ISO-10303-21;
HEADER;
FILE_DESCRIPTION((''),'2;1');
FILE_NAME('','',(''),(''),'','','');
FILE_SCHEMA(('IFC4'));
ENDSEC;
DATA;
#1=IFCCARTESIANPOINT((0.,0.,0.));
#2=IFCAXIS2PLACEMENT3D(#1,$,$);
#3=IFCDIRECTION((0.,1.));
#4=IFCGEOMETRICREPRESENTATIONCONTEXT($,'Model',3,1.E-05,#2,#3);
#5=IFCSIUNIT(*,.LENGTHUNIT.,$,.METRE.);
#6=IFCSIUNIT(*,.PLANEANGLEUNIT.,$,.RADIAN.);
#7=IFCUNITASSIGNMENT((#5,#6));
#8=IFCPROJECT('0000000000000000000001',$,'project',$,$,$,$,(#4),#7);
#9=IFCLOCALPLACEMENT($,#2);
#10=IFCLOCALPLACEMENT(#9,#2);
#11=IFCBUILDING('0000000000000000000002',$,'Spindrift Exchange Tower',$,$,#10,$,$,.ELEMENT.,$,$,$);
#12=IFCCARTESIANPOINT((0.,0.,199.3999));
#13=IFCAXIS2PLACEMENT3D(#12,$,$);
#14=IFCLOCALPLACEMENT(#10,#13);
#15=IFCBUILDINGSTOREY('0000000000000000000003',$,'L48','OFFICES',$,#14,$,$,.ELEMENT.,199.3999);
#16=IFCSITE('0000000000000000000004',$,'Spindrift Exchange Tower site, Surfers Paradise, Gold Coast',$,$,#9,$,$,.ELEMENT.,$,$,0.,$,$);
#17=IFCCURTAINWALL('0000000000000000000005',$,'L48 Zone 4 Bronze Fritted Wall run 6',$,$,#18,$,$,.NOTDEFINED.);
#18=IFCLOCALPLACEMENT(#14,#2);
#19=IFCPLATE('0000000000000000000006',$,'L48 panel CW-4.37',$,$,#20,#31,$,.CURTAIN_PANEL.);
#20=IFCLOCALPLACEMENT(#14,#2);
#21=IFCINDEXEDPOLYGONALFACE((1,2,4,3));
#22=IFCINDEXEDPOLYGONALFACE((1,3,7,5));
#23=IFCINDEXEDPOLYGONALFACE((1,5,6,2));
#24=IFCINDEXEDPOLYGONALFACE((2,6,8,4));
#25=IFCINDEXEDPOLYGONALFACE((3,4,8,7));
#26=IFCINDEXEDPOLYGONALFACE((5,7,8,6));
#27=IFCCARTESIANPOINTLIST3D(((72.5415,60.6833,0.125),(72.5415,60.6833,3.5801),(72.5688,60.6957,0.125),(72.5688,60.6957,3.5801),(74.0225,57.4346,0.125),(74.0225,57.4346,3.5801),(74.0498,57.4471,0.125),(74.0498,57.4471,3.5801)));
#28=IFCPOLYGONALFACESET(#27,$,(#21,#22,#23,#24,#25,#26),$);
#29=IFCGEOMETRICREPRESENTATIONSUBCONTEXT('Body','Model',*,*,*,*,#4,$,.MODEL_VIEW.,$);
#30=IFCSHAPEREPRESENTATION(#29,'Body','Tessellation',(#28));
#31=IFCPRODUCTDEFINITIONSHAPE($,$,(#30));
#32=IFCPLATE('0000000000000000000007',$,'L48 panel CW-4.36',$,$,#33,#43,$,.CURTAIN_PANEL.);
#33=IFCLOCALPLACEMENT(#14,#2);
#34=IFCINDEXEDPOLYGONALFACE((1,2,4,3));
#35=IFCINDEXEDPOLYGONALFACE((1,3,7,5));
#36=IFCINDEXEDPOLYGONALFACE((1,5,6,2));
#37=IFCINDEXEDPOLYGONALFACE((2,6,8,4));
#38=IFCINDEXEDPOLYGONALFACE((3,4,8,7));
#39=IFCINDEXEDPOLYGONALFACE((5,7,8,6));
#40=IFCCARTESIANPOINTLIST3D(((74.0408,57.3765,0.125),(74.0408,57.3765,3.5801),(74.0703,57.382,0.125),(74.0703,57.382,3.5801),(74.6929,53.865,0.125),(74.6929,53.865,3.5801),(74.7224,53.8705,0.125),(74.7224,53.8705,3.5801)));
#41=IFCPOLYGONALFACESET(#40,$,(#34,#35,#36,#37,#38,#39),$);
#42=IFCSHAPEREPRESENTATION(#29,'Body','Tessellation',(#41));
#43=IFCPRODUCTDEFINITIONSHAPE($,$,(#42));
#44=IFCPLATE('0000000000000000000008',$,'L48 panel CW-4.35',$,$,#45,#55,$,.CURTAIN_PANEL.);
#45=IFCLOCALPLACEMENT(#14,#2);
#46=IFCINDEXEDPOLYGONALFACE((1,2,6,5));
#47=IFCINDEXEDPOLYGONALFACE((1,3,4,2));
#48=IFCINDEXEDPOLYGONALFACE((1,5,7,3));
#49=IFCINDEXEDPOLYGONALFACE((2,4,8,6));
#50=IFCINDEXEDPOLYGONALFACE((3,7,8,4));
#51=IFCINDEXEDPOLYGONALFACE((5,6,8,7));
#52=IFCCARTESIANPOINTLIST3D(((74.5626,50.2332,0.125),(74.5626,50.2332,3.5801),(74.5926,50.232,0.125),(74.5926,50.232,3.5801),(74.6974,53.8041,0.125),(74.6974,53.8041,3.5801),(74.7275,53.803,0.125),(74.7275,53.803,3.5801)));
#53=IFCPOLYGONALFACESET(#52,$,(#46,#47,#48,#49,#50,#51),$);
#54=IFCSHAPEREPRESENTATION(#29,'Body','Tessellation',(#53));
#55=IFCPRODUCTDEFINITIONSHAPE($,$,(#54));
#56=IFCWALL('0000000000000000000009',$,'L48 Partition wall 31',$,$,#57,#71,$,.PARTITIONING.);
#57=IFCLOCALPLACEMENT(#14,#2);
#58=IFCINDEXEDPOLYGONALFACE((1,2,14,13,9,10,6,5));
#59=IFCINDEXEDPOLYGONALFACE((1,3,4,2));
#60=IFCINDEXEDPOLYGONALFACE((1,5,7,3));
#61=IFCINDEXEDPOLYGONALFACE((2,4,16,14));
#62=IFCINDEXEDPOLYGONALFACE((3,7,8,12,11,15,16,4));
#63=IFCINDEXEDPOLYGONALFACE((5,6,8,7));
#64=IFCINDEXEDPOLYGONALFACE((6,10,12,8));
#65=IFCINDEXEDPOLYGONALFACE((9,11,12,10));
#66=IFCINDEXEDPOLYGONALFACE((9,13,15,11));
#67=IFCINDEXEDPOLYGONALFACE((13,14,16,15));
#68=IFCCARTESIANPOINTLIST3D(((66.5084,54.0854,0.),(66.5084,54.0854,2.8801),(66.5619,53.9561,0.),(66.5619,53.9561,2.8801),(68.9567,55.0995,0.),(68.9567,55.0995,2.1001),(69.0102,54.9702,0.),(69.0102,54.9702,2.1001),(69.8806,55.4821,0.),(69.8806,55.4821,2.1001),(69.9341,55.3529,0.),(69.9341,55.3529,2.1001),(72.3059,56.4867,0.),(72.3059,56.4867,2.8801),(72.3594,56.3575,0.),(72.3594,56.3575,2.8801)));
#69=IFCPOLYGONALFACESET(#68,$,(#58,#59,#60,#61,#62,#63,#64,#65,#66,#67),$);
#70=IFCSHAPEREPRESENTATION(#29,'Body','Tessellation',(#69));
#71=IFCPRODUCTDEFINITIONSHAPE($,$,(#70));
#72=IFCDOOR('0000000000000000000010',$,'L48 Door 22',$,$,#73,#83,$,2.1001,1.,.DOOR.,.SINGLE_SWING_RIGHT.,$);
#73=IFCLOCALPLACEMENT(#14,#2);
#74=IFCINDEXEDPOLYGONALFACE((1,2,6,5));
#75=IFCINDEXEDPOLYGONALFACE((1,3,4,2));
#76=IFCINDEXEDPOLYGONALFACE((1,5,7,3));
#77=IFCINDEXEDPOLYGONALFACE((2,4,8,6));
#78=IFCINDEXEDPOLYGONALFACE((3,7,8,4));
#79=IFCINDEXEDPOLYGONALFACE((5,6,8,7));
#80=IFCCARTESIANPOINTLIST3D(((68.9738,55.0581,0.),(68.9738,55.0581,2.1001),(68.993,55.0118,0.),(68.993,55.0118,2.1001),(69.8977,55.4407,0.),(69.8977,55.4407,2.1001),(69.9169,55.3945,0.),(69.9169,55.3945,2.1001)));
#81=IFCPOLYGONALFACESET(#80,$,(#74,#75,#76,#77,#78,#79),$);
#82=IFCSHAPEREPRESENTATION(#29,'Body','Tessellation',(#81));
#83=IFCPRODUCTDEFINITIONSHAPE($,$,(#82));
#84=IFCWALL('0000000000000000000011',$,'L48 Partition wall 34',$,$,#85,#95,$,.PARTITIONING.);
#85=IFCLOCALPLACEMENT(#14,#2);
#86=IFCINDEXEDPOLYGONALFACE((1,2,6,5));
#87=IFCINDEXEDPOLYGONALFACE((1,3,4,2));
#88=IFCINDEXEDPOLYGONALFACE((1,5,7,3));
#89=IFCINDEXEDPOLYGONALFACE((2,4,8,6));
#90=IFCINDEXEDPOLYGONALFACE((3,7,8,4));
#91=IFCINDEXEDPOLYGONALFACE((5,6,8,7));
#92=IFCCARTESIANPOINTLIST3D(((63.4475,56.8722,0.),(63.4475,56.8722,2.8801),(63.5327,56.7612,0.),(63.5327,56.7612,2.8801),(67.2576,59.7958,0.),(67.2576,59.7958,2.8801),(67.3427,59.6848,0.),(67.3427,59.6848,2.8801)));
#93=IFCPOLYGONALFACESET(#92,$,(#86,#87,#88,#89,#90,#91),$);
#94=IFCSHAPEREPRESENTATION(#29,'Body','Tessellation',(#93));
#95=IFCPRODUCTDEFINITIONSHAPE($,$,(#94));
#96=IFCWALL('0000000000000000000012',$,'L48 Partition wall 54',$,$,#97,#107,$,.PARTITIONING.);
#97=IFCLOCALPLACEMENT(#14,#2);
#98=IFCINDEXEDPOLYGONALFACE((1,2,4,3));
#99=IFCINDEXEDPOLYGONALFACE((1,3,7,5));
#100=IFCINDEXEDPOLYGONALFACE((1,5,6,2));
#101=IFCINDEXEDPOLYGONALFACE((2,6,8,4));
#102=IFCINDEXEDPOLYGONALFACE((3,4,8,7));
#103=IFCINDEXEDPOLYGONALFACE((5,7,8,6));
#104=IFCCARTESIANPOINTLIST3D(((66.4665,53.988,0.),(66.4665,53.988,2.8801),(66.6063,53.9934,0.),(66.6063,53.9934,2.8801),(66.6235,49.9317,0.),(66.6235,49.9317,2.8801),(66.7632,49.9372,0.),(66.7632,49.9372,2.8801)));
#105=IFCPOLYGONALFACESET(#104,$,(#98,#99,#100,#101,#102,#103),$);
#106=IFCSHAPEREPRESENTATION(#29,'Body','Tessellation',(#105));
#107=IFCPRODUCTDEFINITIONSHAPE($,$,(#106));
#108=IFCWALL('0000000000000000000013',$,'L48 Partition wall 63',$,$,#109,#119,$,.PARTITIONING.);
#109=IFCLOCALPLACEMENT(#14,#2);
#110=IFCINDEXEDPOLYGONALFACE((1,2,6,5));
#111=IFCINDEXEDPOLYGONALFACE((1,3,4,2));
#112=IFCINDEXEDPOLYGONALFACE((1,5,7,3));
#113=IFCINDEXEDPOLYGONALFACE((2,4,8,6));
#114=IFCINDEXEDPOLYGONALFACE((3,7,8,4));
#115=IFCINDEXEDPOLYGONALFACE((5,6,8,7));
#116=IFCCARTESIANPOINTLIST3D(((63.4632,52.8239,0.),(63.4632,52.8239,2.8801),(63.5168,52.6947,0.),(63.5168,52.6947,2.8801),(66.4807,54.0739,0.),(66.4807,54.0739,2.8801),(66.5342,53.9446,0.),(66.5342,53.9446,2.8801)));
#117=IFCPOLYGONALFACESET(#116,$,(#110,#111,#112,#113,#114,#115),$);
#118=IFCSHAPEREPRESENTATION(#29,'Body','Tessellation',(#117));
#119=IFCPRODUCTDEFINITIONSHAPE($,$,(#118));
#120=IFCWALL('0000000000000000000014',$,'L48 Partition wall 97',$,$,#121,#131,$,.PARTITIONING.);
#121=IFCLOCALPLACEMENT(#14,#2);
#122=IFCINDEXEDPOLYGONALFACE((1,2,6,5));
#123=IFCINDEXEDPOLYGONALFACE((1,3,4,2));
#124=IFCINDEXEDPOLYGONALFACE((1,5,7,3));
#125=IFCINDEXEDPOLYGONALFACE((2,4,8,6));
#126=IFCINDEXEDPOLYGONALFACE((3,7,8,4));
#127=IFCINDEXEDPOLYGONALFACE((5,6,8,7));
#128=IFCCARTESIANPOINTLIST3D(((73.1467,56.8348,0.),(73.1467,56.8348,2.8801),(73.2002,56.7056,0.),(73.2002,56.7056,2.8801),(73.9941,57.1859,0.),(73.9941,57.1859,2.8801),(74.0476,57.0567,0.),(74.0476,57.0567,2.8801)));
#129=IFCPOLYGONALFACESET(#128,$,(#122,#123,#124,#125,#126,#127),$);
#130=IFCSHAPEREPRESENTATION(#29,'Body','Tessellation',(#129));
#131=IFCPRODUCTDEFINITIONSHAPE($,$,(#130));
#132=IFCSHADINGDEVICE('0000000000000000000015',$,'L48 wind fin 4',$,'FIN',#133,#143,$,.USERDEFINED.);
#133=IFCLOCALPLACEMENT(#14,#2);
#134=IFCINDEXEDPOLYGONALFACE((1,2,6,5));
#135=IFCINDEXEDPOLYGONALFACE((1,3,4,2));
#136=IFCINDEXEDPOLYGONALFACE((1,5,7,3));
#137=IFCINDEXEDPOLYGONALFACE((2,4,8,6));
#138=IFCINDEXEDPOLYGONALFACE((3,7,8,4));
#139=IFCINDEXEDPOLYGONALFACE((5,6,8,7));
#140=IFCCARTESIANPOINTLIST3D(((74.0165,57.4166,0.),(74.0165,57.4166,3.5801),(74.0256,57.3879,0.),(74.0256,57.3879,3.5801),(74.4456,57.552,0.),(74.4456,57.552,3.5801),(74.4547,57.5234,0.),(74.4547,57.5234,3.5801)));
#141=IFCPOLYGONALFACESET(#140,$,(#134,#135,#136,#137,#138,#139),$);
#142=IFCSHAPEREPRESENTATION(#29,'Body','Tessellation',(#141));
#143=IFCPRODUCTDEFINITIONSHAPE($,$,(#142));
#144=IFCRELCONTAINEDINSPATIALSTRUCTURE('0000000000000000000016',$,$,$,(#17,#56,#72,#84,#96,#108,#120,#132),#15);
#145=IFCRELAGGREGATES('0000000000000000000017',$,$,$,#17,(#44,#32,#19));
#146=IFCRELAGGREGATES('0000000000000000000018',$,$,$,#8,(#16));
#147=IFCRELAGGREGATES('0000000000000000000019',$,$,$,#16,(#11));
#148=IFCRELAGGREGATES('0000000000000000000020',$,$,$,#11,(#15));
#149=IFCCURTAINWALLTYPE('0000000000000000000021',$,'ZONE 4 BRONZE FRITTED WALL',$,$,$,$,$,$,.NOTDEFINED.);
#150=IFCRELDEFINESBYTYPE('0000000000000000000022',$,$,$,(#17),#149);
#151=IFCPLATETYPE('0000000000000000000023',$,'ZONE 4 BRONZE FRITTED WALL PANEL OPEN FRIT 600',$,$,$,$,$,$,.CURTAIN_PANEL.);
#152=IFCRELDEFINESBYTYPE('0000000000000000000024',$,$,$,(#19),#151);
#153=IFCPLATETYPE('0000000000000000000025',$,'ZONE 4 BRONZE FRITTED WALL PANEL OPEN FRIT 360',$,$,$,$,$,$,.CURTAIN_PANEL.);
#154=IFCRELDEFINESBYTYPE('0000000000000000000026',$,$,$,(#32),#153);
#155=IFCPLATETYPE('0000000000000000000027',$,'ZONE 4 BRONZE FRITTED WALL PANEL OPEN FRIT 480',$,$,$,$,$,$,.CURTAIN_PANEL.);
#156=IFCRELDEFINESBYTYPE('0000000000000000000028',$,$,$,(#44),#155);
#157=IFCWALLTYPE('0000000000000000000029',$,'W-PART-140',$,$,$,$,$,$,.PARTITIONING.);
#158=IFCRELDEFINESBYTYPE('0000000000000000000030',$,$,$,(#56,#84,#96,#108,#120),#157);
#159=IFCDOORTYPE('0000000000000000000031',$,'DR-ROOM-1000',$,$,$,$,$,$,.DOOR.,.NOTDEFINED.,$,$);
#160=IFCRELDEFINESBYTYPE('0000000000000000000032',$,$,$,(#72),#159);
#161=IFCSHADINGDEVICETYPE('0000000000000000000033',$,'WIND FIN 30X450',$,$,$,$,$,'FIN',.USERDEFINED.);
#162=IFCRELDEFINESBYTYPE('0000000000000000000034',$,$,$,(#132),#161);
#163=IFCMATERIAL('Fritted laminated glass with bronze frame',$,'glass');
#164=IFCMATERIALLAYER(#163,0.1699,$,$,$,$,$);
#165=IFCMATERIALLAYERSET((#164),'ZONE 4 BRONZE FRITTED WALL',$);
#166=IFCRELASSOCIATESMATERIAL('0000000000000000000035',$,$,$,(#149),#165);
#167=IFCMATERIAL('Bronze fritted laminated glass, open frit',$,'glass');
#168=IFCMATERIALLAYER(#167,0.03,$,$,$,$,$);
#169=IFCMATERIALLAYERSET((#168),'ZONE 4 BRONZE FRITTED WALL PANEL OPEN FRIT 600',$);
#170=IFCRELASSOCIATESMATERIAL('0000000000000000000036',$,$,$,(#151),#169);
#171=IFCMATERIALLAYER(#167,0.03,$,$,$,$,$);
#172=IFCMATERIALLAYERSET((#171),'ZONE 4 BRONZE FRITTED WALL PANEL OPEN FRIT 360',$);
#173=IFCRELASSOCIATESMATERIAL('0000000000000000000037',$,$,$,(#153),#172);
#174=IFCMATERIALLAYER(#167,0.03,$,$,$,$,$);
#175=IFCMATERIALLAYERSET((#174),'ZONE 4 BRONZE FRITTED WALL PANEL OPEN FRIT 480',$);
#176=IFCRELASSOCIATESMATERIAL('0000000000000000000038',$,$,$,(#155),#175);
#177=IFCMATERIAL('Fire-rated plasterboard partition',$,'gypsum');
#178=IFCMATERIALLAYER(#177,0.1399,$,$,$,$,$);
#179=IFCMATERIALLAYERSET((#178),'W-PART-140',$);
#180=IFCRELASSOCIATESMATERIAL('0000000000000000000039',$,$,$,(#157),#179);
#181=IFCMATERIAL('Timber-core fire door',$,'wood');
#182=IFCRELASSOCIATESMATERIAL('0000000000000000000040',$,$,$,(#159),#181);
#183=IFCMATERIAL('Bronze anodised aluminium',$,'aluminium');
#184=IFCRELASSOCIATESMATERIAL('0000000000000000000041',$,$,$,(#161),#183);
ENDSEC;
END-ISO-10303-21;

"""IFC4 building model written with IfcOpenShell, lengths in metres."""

from ifc_helpers import new_model, si_unit, direction, frame, frame_2d, origin, origin_2d, place, context, subcontext, project, spatial, rectangle, extrude, source, transform, mapped, material, layer, layer_set, material_profile, profile_set, type_object, element, fill, aggregate, save


model = new_model("IFC4")

# Units and contexts
model_context = context("Model", 3, precision=1e-05, world=origin(), true_north=direction((0.0, 1.0)))
body_context = subcontext(model_context, "Body", "Model", "MODEL_VIEW")
ifc_project = project(units=[si_unit("LENGTHUNIT", "METRE"), si_unit("PLANEANGLEUNIT", "RADIAN")], contexts=[model_context])

# Site, building, storey
site_placement = place(None, origin())
site = spatial("IfcSite", under=ifc_project, at=site_placement, Name="Spindrift Exchange Tower site, Surfers Paradise, Gold Coast", CompositionType="ELEMENT", RefElevation=0.0)
building_placement = place(site_placement, origin())
building = spatial("IfcBuilding", under=site, at=building_placement, Name="Spindrift Exchange Tower", CompositionType="ELEMENT")
storey_placement = place(building_placement, frame((0.0, 0.0, 199.3999)))
storey = spatial("IfcBuildingStorey", under=building, at=storey_placement, Name="L48", Description="OFFICES", CompositionType="ELEMENT", Elevation=199.3999)

# Curtain wall, plates
ifc_material_1 = material(Name="Fritted laminated glass with bronze frame", Category="glass")
ifc_layer_1 = layer(ifc_material_1, 0.1699)
ifc_layer_set_1 = layer_set([ifc_layer_1], Name="ZONE 4 BRONZE FRITTED WALL")
curtain_wall_type = type_object("IfcCurtainWallType", Name="ZONE 4 BRONZE FRITTED WALL", PredefinedType="NOTDEFINED", material=ifc_layer_set_1)
curtain_wall_placement = place(storey_placement, origin())
curtain_wall = element("IfcCurtainWall", 1, at=curtain_wall_placement, inside=storey, type_object=curtain_wall_type, Name="L48 Zone 4 Bronze Fritted Wall run 6", PredefinedType="NOTDEFINED")
ifc_material_2 = material(Name="Bronze anodised aluminium", Category="aluminium")
ifc_material_3 = material(Name="Bronze fritted laminated glass, open frit", Category="glass")
ifc_layer_2 = layer(ifc_material_3, 0.03)
ifc_layer_set_2 = layer_set([ifc_layer_2], Name="ZONE 4 BRONZE FRITTED WALL PANEL OPEN FRIT 600")
plate_type_1 = type_object("IfcPlateType", Name="ZONE 4 BRONZE FRITTED WALL PANEL OPEN FRIT 600", PredefinedType="CURTAIN_PANEL", material=ifc_layer_set_2)
shared_shape_1 = source(origin(), body_context, "Body", "SweptSolid", [
    extrude(rectangle(XDim=3.5703, YDim=0.03, at=origin_2d()), origin(), (0.0, 0.0, 1.0), 3.4551),
])
plate_1_placement = place(storey_placement, frame((73.2957, 59.0652, 0.125), z_axis=(0.0, 0.0, 1.0), x_axis=(-0.414828, 0.9099, 0.0)))
plate_1 = element("IfcPlate", 2, at=plate_1_placement, type_object=plate_type_1, Name="L48 panel CW-4.37", PredefinedType="CURTAIN_PANEL", context=body_context, shape_type="MappedRepresentation", body=[
    mapped(shared_shape_1, transform((0.0, 0.0, 0.0), scale=1.0)),
])
ifc_layer_3 = layer(ifc_material_3, 0.03)
ifc_layer_set_3 = layer_set([ifc_layer_3], Name="ZONE 4 BRONZE FRITTED WALL PANEL OPEN FRIT 360")
plate_type_2 = type_object("IfcPlateType", Name="ZONE 4 BRONZE FRITTED WALL PANEL OPEN FRIT 360", PredefinedType="CURTAIN_PANEL", material=ifc_layer_set_3)
shared_shape_2 = source(origin(), body_context, "Body", "SweptSolid", [
    extrude(rectangle(XDim=3.5715, YDim=0.03, at=origin_2d()), origin(), (0.0, 0.0, 1.0), 3.4551),
])
plate_2_placement = place(storey_placement, frame((74.3816, 55.6235, 0.125), z_axis=(0.0, 0.0, 1.0), x_axis=(-0.182591, 0.983189, 0.0)))
plate_2 = element("IfcPlate", 3, at=plate_2_placement, type_object=plate_type_2, Name="L48 panel CW-4.36", PredefinedType="CURTAIN_PANEL", context=body_context, shape_type="MappedRepresentation", body=[
    mapped(shared_shape_2, transform((0.0, 0.0, 0.0), scale=1.0)),
])
ifc_layer_4 = layer(ifc_material_3, 0.03)
ifc_layer_set_4 = layer_set([ifc_layer_4], Name="ZONE 4 BRONZE FRITTED WALL PANEL OPEN FRIT 480")
plate_type_3 = type_object("IfcPlateType", Name="ZONE 4 BRONZE FRITTED WALL PANEL OPEN FRIT 480", PredefinedType="CURTAIN_PANEL", material=ifc_layer_set_4)
shared_shape_3 = source(origin(), body_context, "Body", "SweptSolid", [
    extrude(rectangle(XDim=3.5735, YDim=0.03, at=origin_2d()), origin(), (0.0, 0.0, 1.0), 3.4551),
])
plate_3_placement = place(storey_placement, frame((74.645, 52.0181, 0.125), z_axis=(0.0, 0.0, 1.0), x_axis=(0.037737, 0.999288, 0.0)))
plate_3 = element("IfcPlate", 4, at=plate_3_placement, type_object=plate_type_3, Name="L48 panel CW-4.35", PredefinedType="CURTAIN_PANEL", context=body_context, shape_type="MappedRepresentation", body=[
    mapped(shared_shape_3, transform((0.0, 0.0, 0.0), scale=1.0)),
])
aggregate(curtain_wall, [plate_3, plate_2, plate_1])

# Wall, opening, door
ifc_material_4 = material(Name="Fire-rated plasterboard partition", Category="gypsum")
ifc_layer_5 = layer(ifc_material_4, 0.1399)
ifc_layer_set_5 = layer_set([ifc_layer_5], Name="W-PART-140")
wall_type = type_object("IfcWallType", Name="W-PART-140", PredefinedType="PARTITIONING", material=ifc_layer_set_5)
wall_1_placement = place(storey_placement, frame((72.3328, 56.4221, 0.0), z_axis=(0.0, 0.0, 1.0), x_axis=(-0.923884, -0.382672, 0.0)))
wall_1 = element("IfcWall", 5, at=wall_1_placement, inside=storey, type_object=wall_type, Name="L48 Partition wall 31", PredefinedType="PARTITIONING", context=body_context, shape_type="SweptSolid", body=[
    extrude(rectangle(XDim=6.2751, YDim=0.1399, at=frame_2d((3.1377, 0.0))), origin(), (0.0, 0.0, 1.0), 2.8801),
])
opening_placement = place(wall_1_placement, frame((2.6252, 0.0, 0.0)))
opening = element("IfcOpeningElement", 6, at=opening_placement, cuts=wall_1, PredefinedType="OPENING", context=body_context, shape_type="SweptSolid", body=[
    extrude(rectangle(XDim=1.0, YDim=2.1001, at=frame_2d((0.5, 1.05))), frame((0.0, 0.0798, 0.0), z_axis=(0.0, -1.0, 0.0), x_axis=(1.0, 0.0, 0.0)), (0.0, 0.0, 1.0), 0.1599),
])
ifc_material_5 = material(Name="Timber-core fire door", Category="wood")
door_type = type_object("IfcDoorType", Name="DR-ROOM-1000", OperationType="NOTDEFINED", PredefinedType="DOOR", material=ifc_material_5)
shared_shape_4 = source(origin(), body_context, "Body", "SweptSolid", [
    extrude(rectangle(XDim=1.0, YDim=2.1001, at=frame_2d((0.5, 1.05))), frame((0.0, 0.0249, 0.0), z_axis=(0.0, -1.0, 0.0), x_axis=(1.0, 0.0, 0.0)), (0.0, 0.0, 1.0), 0.05),
])
door_placement = place(opening_placement, origin())
door = element("IfcDoor", 7, at=door_placement, inside=storey, type_object=door_type, Name="L48 Door 22", OperationType="SINGLE_SWING_RIGHT", OverallHeight=2.1001, OverallWidth=1.0, PredefinedType="DOOR", context=body_context, shape_type="MappedRepresentation", body=[
    mapped(shared_shape_4, transform((0.0, 0.0, 0.0), scale=1.0)),
])
fill(opening, door)

# Walls
wall_2_placement = place(storey_placement, frame((63.49, 56.8167, 0.0), z_axis=(0.0, 0.0, 1.0), x_axis=(0.793351, 0.608764, 0.0)))
element("IfcWall", 8, at=wall_2_placement, inside=storey, type_object=wall_type, Name="L48 Partition wall 34", PredefinedType="PARTITIONING", context=body_context, shape_type="SweptSolid", body=[
    extrude(rectangle(XDim=4.8025, YDim=0.1399, at=frame_2d((2.4014, 0.0))), origin(), (0.0, 0.0, 1.0), 2.8801),
])
wall_3_placement = place(storey_placement, frame((66.6934, 49.9343, 0.0), z_axis=(0.0, 0.0, 1.0), x_axis=(-0.038671, 0.999252, 0.0)))
element("IfcWall", 9, at=wall_3_placement, inside=storey, type_object=wall_type, Name="L48 Partition wall 54", PredefinedType="PARTITIONING", context=body_context, shape_type="SweptSolid", body=[
    extrude(rectangle(XDim=4.0593, YDim=0.1399, at=frame_2d((2.0298, 0.0))), origin(), (0.0, 0.0, 1.0), 2.8801),
])
wall_4_placement = place(storey_placement, frame((63.49, 52.7593, 0.0), z_axis=(0.0, 0.0, 1.0), x_axis=(0.923871, 0.382704, 0.0)))
element("IfcWall", 10, at=wall_4_placement, inside=storey, type_object=wall_type, Name="L48 Partition wall 63", PredefinedType="PARTITIONING", context=body_context, shape_type="SweptSolid", body=[
    extrude(rectangle(XDim=3.2661, YDim=0.1399, at=frame_2d((1.6331, 0.0))), origin(), (0.0, 0.0, 1.0), 2.8801),
])
wall_5_placement = place(storey_placement, frame((73.1736, 56.7703, 0.0), z_axis=(0.0, 0.0, 1.0), x_axis=(0.923855, 0.382744, 0.0)))
element("IfcWall", 11, at=wall_5_placement, inside=storey, type_object=wall_type, Name="L48 Partition wall 97", PredefinedType="PARTITIONING", context=body_context, shape_type="SweptSolid", body=[
    extrude(rectangle(XDim=0.9172, YDim=0.1399, at=frame_2d((0.4585, 0.0))), origin(), (0.0, 0.0, 1.0), 2.8801),
])

# Shading device
ifc_material_profile_1 = material_profile(ifc_material_2, rectangle(XDim=0.03, YDim=0.45, at=origin_2d()), Name="WIND FIN 30X450")
ifc_profile_set_1 = profile_set([ifc_material_profile_1], Name="Bronze anodised aluminium")
shading_device_type = type_object("IfcShadingDeviceType", Name="WIND FIN 30X450", ElementType="FIN", PredefinedType="USERDEFINED", material=ifc_profile_set_1)
shared_shape_5 = source(origin(), body_context, "Body", "SweptSolid", [
    extrude(rectangle(XDim=0.03, YDim=0.45, at=origin_2d()), origin(), (0.0, 0.0, 1.0), 3.5801),
])
shading_device_placement = place(storey_placement, frame((74.2356, 57.47, 0.0), z_axis=(0.0, 0.0, 1.0), x_axis=(-0.300949, 0.95364, 0.0)))
element("IfcShadingDevice", 12, at=shading_device_placement, inside=storey, type_object=shading_device_type, Name="L48 wind fin 4", ObjectType="FIN", PredefinedType="USERDEFINED", context=body_context, shape_type="MappedRepresentation", body=[
    mapped(shared_shape_5, transform((0.0, 0.0, 0.0), scale=1.0)),
])

save(model, "model.ifc")
